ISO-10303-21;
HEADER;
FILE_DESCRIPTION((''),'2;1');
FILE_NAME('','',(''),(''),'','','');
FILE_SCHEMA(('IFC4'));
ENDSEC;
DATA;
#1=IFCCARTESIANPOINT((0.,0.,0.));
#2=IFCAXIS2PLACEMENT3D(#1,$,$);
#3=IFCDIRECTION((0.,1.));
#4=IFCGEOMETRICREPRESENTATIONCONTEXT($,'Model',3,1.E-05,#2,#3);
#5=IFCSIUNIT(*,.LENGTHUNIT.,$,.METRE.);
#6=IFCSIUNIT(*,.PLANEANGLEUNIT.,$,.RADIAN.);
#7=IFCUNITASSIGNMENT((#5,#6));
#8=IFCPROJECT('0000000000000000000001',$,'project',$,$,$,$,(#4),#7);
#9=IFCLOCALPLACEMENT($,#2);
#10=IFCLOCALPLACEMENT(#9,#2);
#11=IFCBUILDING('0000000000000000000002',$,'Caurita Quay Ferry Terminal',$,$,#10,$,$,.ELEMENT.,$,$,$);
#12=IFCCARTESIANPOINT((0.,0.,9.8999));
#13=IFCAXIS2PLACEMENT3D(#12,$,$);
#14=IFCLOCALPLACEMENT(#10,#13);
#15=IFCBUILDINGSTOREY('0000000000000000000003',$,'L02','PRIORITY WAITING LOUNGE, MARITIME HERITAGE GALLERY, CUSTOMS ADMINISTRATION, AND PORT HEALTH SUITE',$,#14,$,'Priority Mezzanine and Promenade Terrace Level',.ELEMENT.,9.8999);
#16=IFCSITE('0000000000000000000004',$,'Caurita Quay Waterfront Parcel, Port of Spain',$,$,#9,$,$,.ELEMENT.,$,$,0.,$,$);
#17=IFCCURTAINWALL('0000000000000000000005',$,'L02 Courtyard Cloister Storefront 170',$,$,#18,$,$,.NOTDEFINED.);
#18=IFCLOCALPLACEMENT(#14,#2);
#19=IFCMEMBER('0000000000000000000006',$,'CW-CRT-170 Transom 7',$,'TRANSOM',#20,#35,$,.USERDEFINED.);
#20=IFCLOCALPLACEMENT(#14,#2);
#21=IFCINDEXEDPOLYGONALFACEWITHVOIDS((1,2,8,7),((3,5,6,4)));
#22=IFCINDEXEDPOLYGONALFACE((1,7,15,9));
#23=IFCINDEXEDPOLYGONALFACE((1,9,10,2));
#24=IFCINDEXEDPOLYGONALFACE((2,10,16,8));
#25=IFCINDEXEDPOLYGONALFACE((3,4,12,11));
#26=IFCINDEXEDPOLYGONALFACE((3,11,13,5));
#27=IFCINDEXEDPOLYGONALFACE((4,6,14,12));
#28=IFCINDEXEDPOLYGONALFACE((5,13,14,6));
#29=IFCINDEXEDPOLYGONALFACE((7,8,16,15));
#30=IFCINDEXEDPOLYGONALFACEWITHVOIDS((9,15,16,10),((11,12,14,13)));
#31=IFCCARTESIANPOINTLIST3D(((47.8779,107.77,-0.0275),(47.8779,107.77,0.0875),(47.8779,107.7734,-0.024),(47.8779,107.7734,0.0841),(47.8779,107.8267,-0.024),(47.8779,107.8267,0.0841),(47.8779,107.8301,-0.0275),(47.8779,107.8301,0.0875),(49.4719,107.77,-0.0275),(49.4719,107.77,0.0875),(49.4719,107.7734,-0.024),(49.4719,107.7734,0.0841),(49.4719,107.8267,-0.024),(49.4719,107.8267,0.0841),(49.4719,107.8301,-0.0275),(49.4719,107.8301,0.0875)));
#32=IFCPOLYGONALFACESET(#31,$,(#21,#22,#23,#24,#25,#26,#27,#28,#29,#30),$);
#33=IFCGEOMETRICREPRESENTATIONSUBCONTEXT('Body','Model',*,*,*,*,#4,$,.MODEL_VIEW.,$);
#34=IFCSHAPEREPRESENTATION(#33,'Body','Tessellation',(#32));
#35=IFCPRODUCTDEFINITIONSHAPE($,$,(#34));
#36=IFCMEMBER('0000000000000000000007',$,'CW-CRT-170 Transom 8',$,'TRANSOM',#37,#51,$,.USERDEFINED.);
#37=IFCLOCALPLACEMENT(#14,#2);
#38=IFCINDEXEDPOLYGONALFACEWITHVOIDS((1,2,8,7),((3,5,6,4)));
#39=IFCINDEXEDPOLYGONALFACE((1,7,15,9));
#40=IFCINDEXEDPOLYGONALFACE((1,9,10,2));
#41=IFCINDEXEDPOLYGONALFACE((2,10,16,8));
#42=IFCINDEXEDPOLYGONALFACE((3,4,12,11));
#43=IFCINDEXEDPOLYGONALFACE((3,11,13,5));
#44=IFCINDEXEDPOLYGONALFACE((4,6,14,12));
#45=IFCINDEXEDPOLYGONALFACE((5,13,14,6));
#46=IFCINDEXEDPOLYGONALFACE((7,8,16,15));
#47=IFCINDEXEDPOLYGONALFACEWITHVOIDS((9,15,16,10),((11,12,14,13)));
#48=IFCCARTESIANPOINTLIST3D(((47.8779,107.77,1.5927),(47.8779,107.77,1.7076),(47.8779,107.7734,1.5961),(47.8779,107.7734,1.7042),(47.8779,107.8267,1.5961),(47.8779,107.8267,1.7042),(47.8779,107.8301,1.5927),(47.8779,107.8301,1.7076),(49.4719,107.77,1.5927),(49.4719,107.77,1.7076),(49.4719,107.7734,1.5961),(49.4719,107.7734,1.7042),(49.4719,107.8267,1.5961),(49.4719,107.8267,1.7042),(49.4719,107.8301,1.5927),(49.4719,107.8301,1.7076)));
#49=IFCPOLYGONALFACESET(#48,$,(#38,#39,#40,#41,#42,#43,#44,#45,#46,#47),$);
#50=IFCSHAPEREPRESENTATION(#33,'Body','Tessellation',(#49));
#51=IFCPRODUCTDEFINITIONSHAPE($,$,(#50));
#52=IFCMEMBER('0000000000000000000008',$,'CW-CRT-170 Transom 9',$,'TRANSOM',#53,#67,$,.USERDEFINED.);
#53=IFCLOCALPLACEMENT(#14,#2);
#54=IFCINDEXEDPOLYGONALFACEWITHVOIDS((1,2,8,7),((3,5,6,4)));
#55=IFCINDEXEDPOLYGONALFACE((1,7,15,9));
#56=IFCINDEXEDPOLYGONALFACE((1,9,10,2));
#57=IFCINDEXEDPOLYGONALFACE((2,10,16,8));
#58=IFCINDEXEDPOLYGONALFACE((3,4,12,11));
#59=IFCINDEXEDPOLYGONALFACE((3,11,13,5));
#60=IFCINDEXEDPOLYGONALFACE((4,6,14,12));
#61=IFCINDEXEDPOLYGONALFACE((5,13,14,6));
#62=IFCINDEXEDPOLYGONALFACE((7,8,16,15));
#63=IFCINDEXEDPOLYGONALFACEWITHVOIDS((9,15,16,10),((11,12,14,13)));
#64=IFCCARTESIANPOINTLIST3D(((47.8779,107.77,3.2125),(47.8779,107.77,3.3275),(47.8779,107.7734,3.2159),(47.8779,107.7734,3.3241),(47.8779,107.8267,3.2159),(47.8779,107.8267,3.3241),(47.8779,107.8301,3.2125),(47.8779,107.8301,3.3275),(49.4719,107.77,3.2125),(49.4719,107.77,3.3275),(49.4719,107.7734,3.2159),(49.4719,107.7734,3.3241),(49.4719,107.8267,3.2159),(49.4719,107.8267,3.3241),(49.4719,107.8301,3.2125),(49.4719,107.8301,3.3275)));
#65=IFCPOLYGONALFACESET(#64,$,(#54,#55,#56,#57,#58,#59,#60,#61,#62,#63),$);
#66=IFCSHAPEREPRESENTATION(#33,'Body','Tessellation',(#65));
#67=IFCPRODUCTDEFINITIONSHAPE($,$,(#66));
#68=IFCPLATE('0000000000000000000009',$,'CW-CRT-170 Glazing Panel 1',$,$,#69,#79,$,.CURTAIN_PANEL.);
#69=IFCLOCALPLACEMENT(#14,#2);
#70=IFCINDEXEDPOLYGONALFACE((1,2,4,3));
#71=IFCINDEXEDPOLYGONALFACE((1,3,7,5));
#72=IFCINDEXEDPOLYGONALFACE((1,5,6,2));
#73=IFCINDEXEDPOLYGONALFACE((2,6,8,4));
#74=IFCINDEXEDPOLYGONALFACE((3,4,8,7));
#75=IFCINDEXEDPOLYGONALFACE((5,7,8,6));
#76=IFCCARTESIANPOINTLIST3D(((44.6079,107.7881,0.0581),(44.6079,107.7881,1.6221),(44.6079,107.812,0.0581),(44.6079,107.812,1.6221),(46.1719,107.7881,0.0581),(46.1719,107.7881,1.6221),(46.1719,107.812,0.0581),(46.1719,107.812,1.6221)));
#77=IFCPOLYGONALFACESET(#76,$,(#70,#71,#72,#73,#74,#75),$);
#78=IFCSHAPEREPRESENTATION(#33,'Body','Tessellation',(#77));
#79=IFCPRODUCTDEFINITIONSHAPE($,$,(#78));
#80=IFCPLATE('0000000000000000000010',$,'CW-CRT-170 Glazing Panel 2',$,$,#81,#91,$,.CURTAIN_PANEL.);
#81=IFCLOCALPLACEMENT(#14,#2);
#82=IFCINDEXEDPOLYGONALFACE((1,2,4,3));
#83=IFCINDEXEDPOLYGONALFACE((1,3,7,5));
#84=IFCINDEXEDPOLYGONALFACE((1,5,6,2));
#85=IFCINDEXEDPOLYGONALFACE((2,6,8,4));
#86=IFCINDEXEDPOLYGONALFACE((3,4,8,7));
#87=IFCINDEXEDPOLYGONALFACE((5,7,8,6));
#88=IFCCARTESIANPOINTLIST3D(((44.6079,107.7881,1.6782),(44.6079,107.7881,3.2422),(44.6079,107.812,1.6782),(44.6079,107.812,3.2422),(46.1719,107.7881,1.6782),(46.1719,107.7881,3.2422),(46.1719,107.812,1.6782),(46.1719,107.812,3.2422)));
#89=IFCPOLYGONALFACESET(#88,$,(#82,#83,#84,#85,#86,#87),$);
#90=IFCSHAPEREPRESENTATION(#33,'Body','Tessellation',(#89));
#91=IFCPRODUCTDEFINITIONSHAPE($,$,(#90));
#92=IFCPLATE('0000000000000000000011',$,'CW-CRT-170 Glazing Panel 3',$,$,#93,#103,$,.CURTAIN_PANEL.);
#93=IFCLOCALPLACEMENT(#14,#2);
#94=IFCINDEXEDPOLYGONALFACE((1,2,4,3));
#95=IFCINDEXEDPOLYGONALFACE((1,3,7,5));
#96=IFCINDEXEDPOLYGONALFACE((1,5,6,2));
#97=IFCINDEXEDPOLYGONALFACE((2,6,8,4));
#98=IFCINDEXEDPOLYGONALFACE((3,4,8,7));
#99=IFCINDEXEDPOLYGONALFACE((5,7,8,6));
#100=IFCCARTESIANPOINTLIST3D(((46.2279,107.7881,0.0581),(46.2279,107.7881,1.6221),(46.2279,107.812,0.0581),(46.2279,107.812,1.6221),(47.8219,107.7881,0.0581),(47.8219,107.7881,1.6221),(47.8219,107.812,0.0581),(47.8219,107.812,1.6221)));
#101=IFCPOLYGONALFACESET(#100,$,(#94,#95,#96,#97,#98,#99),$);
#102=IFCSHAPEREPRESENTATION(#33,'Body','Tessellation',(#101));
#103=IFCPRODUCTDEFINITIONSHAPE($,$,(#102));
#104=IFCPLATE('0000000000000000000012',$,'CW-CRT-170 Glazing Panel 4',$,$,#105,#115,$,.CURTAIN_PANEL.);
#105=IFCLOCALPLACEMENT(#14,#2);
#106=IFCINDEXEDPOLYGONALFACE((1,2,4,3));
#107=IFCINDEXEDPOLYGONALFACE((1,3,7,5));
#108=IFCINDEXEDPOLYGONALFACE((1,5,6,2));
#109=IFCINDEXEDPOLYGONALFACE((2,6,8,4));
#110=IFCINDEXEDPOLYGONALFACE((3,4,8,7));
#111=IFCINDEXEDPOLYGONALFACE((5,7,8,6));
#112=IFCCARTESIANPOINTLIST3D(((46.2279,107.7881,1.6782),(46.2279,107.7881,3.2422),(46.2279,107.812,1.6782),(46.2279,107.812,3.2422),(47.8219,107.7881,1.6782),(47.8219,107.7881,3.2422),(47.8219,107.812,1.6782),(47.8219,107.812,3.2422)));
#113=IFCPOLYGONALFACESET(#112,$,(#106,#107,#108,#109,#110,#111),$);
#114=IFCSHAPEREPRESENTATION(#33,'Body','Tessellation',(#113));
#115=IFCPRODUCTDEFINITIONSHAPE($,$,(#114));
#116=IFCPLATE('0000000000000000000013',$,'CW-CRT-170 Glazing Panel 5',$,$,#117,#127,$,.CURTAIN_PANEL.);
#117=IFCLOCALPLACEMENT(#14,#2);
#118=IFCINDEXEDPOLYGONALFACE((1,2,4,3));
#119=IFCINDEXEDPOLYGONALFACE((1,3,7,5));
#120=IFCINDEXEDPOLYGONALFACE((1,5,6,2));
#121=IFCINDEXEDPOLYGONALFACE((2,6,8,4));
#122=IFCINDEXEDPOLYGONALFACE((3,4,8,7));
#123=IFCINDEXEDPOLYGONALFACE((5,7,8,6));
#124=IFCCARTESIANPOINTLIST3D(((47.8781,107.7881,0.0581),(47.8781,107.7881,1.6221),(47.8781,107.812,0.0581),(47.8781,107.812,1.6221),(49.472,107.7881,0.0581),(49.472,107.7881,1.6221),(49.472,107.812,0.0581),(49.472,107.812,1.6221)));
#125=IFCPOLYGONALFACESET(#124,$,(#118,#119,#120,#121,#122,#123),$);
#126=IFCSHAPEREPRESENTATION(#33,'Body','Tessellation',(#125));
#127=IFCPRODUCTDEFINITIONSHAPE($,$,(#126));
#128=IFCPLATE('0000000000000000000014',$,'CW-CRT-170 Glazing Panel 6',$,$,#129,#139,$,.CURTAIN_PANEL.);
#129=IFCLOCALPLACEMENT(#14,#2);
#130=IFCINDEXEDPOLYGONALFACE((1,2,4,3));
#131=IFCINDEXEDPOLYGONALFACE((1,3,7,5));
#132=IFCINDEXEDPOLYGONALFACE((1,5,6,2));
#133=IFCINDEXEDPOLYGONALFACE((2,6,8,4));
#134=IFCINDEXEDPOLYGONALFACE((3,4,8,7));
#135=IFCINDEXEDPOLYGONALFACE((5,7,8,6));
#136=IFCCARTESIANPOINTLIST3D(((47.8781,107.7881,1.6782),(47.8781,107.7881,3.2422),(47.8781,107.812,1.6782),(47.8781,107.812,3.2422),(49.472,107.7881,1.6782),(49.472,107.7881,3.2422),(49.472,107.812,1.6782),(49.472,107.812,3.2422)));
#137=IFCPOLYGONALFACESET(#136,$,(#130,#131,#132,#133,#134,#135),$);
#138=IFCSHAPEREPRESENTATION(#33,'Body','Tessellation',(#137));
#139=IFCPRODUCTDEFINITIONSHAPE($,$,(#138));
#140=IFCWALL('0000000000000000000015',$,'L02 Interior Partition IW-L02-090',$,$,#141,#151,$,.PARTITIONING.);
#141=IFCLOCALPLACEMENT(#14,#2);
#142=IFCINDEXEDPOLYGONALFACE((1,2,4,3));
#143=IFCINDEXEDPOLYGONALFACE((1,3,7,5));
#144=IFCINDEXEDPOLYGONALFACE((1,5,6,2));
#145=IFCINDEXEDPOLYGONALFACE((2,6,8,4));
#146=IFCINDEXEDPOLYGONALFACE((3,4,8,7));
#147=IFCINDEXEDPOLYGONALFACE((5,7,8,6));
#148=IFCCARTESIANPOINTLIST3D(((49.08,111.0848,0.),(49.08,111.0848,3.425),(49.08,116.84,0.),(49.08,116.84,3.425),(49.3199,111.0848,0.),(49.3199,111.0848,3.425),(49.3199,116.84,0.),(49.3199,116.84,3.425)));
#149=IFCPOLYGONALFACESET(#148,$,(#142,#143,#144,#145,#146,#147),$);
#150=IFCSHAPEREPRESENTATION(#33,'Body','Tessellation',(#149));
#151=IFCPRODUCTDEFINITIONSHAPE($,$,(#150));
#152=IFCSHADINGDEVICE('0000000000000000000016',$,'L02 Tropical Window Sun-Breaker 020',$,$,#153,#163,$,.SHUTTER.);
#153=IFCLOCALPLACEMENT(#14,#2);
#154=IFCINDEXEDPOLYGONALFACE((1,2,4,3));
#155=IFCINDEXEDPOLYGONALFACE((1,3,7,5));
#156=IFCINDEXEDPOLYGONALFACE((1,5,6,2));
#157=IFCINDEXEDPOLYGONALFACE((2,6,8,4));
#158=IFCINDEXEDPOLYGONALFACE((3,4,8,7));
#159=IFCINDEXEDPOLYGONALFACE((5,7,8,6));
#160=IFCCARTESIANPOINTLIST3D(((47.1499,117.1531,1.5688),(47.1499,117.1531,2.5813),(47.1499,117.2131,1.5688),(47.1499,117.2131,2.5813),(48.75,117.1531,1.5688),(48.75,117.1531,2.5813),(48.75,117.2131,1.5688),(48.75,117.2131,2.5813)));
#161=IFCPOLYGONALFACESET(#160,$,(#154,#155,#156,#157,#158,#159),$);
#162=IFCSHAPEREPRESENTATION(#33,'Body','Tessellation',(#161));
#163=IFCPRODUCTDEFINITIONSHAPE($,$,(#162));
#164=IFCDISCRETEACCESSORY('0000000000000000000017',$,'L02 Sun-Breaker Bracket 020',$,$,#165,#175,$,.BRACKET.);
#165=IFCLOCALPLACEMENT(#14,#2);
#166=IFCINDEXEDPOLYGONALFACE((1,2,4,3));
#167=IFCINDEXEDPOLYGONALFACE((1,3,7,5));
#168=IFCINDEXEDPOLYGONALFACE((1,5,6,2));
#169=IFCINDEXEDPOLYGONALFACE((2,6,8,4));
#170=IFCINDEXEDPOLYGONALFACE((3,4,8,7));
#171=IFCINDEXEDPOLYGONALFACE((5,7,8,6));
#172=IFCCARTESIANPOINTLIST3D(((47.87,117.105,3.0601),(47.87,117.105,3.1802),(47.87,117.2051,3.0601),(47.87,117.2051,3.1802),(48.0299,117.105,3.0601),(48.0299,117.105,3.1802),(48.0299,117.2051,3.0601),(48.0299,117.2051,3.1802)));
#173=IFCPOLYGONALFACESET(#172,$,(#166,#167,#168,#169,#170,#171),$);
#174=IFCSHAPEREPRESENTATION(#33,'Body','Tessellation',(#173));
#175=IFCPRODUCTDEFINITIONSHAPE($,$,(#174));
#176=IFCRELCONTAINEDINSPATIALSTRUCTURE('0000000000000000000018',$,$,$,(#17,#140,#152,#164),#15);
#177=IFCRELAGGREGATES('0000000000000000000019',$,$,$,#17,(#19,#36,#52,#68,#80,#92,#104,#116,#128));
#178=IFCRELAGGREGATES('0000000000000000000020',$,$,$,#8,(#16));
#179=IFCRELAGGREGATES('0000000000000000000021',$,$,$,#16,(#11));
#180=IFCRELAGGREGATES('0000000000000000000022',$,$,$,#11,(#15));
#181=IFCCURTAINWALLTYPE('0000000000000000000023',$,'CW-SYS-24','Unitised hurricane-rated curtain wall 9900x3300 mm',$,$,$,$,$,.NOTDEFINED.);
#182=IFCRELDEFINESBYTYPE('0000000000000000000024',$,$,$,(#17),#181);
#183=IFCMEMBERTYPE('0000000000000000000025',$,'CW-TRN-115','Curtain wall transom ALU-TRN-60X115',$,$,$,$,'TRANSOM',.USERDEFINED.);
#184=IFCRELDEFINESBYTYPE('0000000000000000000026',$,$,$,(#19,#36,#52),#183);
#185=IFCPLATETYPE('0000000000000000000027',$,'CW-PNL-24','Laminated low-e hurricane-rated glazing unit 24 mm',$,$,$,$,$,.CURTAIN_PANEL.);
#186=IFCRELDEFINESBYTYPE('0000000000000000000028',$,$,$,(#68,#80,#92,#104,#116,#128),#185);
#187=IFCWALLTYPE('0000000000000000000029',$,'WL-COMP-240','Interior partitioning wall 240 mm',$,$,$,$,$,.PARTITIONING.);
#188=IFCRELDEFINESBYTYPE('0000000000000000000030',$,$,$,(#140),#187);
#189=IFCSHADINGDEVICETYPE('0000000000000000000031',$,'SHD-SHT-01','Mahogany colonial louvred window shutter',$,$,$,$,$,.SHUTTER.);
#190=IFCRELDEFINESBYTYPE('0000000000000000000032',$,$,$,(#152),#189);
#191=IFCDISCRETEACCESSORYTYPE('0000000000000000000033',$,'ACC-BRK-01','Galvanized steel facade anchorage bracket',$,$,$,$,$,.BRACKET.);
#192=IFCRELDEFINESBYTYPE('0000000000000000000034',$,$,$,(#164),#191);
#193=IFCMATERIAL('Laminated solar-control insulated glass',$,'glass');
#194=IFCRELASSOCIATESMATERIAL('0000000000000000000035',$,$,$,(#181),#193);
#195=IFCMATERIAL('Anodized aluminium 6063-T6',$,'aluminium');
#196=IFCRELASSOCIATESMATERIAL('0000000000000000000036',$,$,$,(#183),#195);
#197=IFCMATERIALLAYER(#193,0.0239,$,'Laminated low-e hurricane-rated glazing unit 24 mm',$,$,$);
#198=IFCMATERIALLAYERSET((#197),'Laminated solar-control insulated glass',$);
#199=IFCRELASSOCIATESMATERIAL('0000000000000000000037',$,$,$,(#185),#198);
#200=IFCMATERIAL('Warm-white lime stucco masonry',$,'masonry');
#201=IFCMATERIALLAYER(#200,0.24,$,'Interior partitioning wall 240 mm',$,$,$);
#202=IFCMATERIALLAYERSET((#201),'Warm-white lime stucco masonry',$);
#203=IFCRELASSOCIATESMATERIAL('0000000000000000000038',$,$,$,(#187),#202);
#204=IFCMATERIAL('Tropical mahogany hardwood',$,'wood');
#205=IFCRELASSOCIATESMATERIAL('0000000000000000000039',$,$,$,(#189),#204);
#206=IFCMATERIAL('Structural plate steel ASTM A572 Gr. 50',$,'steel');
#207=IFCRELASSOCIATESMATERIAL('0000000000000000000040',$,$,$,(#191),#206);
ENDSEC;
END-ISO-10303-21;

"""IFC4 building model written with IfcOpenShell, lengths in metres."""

from ifc_helpers import new_model, si_unit, direction, frame, frame_2d, origin, origin_2d, place, context, subcontext, project, spatial, rectangle, hollow_rectangle, extrude, material, layer, layer_set, material_profile, profile_set, type_object, element, aggregate, save


model = new_model("IFC4")

# Units and contexts
model_context = context("Model", 3, precision=1e-05, world=origin(), true_north=direction((0.0, 1.0)))
body_context = subcontext(model_context, "Body", "Model", "MODEL_VIEW")
ifc_project = project(units=[si_unit("LENGTHUNIT", "METRE"), si_unit("PLANEANGLEUNIT", "RADIAN")], contexts=[model_context])

# Site, building, storey
site_placement = place(None, origin())
site = spatial("IfcSite", under=ifc_project, at=site_placement, Name="Caurita Quay Waterfront Parcel, Port of Spain", CompositionType="ELEMENT", RefElevation=0.0)
building_placement = place(site_placement, origin())
building = spatial("IfcBuilding", under=site, at=building_placement, Name="Caurita Quay Ferry Terminal", CompositionType="ELEMENT")
storey_placement = place(building_placement, frame((0.0, 0.0, 9.8999)))
storey = spatial("IfcBuildingStorey", under=building, at=storey_placement, Name="L02", Description="PRIORITY WAITING LOUNGE, MARITIME HERITAGE GALLERY, CUSTOMS ADMINISTRATION, AND PORT HEALTH SUITE", LongName="Priority Mezzanine and Promenade Terrace Level", CompositionType="ELEMENT", Elevation=9.8999)

# Curtain wall, members, plates
ifc_material_1 = material(Name="Laminated solar-control insulated glass", Category="glass")
curtain_wall_type = type_object("IfcCurtainWallType", Name="CW-SYS-24", Description="Unitised hurricane-rated curtain wall 9900x3300 mm", PredefinedType="NOTDEFINED", material=ifc_material_1)
curtain_wall_placement = place(storey_placement, origin())
curtain_wall = element("IfcCurtainWall", 1, at=curtain_wall_placement, inside=storey, type_object=curtain_wall_type, Name="L02 Courtyard Cloister Storefront 170", PredefinedType="NOTDEFINED")
ifc_material_2 = material(Name="Anodized aluminium 6063-T6", Category="aluminium")
ifc_material_profile_1 = material_profile(ifc_material_2, hollow_rectangle(XDim=0.0601, YDim=0.115, WallThickness=0.0034, at=origin_2d()), Name="ALU-TRN-60X115")
ifc_profile_set_1 = profile_set([ifc_material_profile_1], Name="Anodized aluminium 6063-T6")
member_type_1 = type_object("IfcMemberType", Name="CW-TRN-115", Description="Curtain wall transom ALU-TRN-60X115", ElementType="TRANSOM", PredefinedType="USERDEFINED", material=ifc_profile_set_1)
member_1_placement = place(storey_placement, frame((47.8779, 107.8, 0.03), z_axis=(1.0, 0.0, 0.0), x_axis=(0.0, 1.0, 0.0)))
member_1 = element("IfcMember", 2, at=member_1_placement, type_object=member_type_1, Name="CW-CRT-170 Transom 7", ObjectType="TRANSOM", PredefinedType="USERDEFINED", context=body_context, shape_type="SweptSolid", body=[
    extrude(hollow_rectangle(XDim=0.0601, YDim=0.115, WallThickness=0.0034, at=origin_2d()), origin(), (0.0, 0.0, 1.0), 1.594),
])
member_2_placement = place(storey_placement, frame((47.8779, 107.8, 1.6501), z_axis=(1.0, 0.0, 0.0), x_axis=(0.0, 1.0, 0.0)))
member_2 = element("IfcMember", 3, at=member_2_placement, type_object=member_type_1, Name="CW-CRT-170 Transom 8", ObjectType="TRANSOM", PredefinedType="USERDEFINED", context=body_context, shape_type="SweptSolid", body=[
    extrude(hollow_rectangle(XDim=0.0601, YDim=0.115, WallThickness=0.0034, at=origin_2d()), origin(), (0.0, 0.0, 1.0), 1.594),
])
member_3_placement = place(storey_placement, frame((47.8779, 107.8, 3.27), z_axis=(1.0, 0.0, 0.0), x_axis=(0.0, 1.0, 0.0)))
member_3 = element("IfcMember", 4, at=member_3_placement, type_object=member_type_1, Name="CW-CRT-170 Transom 9", ObjectType="TRANSOM", PredefinedType="USERDEFINED", context=body_context, shape_type="SweptSolid", body=[
    extrude(hollow_rectangle(XDim=0.0601, YDim=0.115, WallThickness=0.0034, at=origin_2d()), origin(), (0.0, 0.0, 1.0), 1.594),
])
ifc_layer_1 = layer(ifc_material_1, 0.0239, Name="Laminated low-e hurricane-rated glazing unit 24 mm")
ifc_layer_set_1 = layer_set([ifc_layer_1], Name="Laminated solar-control insulated glass")
plate_type = type_object("IfcPlateType", Name="CW-PNL-24", Description="Laminated low-e hurricane-rated glazing unit 24 mm", PredefinedType="CURTAIN_PANEL", material=ifc_layer_set_1)
plate_1_placement = place(storey_placement, frame((45.3899, 107.8, 0.0581), z_axis=(0.0, 0.0, 1.0), x_axis=(1.0, 0.0, 0.0)))
plate_1 = element("IfcPlate", 5, at=plate_1_placement, type_object=plate_type, Name="CW-CRT-170 Glazing Panel 1", PredefinedType="CURTAIN_PANEL", context=body_context, shape_type="SweptSolid", body=[
    extrude(rectangle(XDim=1.564, YDim=0.0239, at=origin_2d()), origin(), (0.0, 0.0, 1.0), 1.564),
])
plate_2_placement = place(storey_placement, frame((45.3899, 107.8, 1.6782), z_axis=(0.0, 0.0, 1.0), x_axis=(1.0, 0.0, 0.0)))
plate_2 = element("IfcPlate", 6, at=plate_2_placement, type_object=plate_type, Name="CW-CRT-170 Glazing Panel 2", PredefinedType="CURTAIN_PANEL", context=body_context, shape_type="SweptSolid", body=[
    extrude(rectangle(XDim=1.564, YDim=0.0239, at=origin_2d()), origin(), (0.0, 0.0, 1.0), 1.564),
])
plate_3_placement = place(storey_placement, frame((47.0249, 107.8, 0.0581), z_axis=(0.0, 0.0, 1.0), x_axis=(1.0, 0.0, 0.0)))
plate_3 = element("IfcPlate", 7, at=plate_3_placement, type_object=plate_type, Name="CW-CRT-170 Glazing Panel 3", PredefinedType="CURTAIN_PANEL", context=body_context, shape_type="SweptSolid", body=[
    extrude(rectangle(XDim=1.594, YDim=0.0239, at=origin_2d()), origin(), (0.0, 0.0, 1.0), 1.564),
])
plate_4_placement = place(storey_placement, frame((47.0249, 107.8, 1.6782), z_axis=(0.0, 0.0, 1.0), x_axis=(1.0, 0.0, 0.0)))
plate_4 = element("IfcPlate", 8, at=plate_4_placement, type_object=plate_type, Name="CW-CRT-170 Glazing Panel 4", PredefinedType="CURTAIN_PANEL", context=body_context, shape_type="SweptSolid", body=[
    extrude(rectangle(XDim=1.594, YDim=0.0239, at=origin_2d()), origin(), (0.0, 0.0, 1.0), 1.564),
])
plate_5_placement = place(storey_placement, frame((48.675, 107.8, 0.0581), z_axis=(0.0, 0.0, 1.0), x_axis=(1.0, 0.0, 0.0)))
plate_5 = element("IfcPlate", 9, at=plate_5_placement, type_object=plate_type, Name="CW-CRT-170 Glazing Panel 5", PredefinedType="CURTAIN_PANEL", context=body_context, shape_type="SweptSolid", body=[
    extrude(rectangle(XDim=1.594, YDim=0.0239, at=origin_2d()), origin(), (0.0, 0.0, 1.0), 1.564),
])
plate_6_placement = place(storey_placement, frame((48.675, 107.8, 1.6782), z_axis=(0.0, 0.0, 1.0), x_axis=(1.0, 0.0, 0.0)))
plate_6 = element("IfcPlate", 10, at=plate_6_placement, type_object=plate_type, Name="CW-CRT-170 Glazing Panel 6", PredefinedType="CURTAIN_PANEL", context=body_context, shape_type="SweptSolid", body=[
    extrude(rectangle(XDim=1.594, YDim=0.0239, at=origin_2d()), origin(), (0.0, 0.0, 1.0), 1.564),
])
aggregate(curtain_wall, [member_1, member_2, member_3, plate_1, plate_2, plate_3, plate_4, plate_5, plate_6])

# Wall
ifc_material_3 = material(Name="Warm-white lime stucco masonry", Category="masonry")
ifc_layer_2 = layer(ifc_material_3, 0.24, Name="Interior partitioning wall 240 mm")
ifc_layer_set_2 = layer_set([ifc_layer_2], Name="Warm-white lime stucco masonry")
wall_type = type_object("IfcWallType", Name="WL-COMP-240", Description="Interior partitioning wall 240 mm", PredefinedType="PARTITIONING", material=ifc_layer_set_2)
wall_placement = place(storey_placement, frame((49.2, 111.085, 0.0), z_axis=(0.0, 0.0, 1.0), x_axis=(0.0, 1.0, 0.0)))
element("IfcWall", 11, at=wall_placement, inside=storey, type_object=wall_type, Name="L02 Interior Partition IW-L02-090", PredefinedType="PARTITIONING", context=body_context, shape_type="SweptSolid", body=[
    extrude(rectangle(XDim=5.7551, YDim=0.24, at=frame_2d((2.8774, 0.0))), origin(), (0.0, 0.0, 1.0), 3.425),
])

# Shading device
ifc_material_4 = material(Name="Tropical mahogany hardwood", Category="wood")
shading_device_type = type_object("IfcShadingDeviceType", Name="SHD-SHT-01", Description="Mahogany colonial louvred window shutter", PredefinedType="SHUTTER", material=ifc_material_4)
shading_device_placement = place(storey_placement, frame((47.95, 117.1831, 1.5688), z_axis=(0.0, 0.0, 1.0), x_axis=(-1.0, 0.0, 0.0)))
element("IfcShadingDevice", 12, at=shading_device_placement, inside=storey, type_object=shading_device_type, Name="L02 Tropical Window Sun-Breaker 020", PredefinedType="SHUTTER", context=body_context, shape_type="SweptSolid", body=[
    extrude(rectangle(XDim=1.6001, YDim=0.0601, at=origin_2d()), origin(), (0.0, 0.0, 1.0), 1.0125),
])

# Discrete accessory
ifc_material_5 = material(Name="Structural plate steel ASTM A572 Gr. 50", Category="steel")
discrete_accessory_type = type_object("IfcDiscreteAccessoryType", Name="ACC-BRK-01", Description="Galvanized steel facade anchorage bracket", PredefinedType="BRACKET", material=ifc_material_5)
discrete_accessory_placement = place(storey_placement, frame((47.95, 117.155, 3.0601), z_axis=(0.0, 0.0, 1.0), x_axis=(-1.0, 0.0, 0.0)))
element("IfcDiscreteAccessory", 13, at=discrete_accessory_placement, inside=storey, type_object=discrete_accessory_type, Name="L02 Sun-Breaker Bracket 020", PredefinedType="BRACKET", context=body_context, shape_type="SweptSolid", body=[
    extrude(rectangle(XDim=0.1599, YDim=0.1001, at=origin_2d()), origin(), (0.0, 0.0, 1.0), 0.1201),
])

save(model, "model.ifc")
